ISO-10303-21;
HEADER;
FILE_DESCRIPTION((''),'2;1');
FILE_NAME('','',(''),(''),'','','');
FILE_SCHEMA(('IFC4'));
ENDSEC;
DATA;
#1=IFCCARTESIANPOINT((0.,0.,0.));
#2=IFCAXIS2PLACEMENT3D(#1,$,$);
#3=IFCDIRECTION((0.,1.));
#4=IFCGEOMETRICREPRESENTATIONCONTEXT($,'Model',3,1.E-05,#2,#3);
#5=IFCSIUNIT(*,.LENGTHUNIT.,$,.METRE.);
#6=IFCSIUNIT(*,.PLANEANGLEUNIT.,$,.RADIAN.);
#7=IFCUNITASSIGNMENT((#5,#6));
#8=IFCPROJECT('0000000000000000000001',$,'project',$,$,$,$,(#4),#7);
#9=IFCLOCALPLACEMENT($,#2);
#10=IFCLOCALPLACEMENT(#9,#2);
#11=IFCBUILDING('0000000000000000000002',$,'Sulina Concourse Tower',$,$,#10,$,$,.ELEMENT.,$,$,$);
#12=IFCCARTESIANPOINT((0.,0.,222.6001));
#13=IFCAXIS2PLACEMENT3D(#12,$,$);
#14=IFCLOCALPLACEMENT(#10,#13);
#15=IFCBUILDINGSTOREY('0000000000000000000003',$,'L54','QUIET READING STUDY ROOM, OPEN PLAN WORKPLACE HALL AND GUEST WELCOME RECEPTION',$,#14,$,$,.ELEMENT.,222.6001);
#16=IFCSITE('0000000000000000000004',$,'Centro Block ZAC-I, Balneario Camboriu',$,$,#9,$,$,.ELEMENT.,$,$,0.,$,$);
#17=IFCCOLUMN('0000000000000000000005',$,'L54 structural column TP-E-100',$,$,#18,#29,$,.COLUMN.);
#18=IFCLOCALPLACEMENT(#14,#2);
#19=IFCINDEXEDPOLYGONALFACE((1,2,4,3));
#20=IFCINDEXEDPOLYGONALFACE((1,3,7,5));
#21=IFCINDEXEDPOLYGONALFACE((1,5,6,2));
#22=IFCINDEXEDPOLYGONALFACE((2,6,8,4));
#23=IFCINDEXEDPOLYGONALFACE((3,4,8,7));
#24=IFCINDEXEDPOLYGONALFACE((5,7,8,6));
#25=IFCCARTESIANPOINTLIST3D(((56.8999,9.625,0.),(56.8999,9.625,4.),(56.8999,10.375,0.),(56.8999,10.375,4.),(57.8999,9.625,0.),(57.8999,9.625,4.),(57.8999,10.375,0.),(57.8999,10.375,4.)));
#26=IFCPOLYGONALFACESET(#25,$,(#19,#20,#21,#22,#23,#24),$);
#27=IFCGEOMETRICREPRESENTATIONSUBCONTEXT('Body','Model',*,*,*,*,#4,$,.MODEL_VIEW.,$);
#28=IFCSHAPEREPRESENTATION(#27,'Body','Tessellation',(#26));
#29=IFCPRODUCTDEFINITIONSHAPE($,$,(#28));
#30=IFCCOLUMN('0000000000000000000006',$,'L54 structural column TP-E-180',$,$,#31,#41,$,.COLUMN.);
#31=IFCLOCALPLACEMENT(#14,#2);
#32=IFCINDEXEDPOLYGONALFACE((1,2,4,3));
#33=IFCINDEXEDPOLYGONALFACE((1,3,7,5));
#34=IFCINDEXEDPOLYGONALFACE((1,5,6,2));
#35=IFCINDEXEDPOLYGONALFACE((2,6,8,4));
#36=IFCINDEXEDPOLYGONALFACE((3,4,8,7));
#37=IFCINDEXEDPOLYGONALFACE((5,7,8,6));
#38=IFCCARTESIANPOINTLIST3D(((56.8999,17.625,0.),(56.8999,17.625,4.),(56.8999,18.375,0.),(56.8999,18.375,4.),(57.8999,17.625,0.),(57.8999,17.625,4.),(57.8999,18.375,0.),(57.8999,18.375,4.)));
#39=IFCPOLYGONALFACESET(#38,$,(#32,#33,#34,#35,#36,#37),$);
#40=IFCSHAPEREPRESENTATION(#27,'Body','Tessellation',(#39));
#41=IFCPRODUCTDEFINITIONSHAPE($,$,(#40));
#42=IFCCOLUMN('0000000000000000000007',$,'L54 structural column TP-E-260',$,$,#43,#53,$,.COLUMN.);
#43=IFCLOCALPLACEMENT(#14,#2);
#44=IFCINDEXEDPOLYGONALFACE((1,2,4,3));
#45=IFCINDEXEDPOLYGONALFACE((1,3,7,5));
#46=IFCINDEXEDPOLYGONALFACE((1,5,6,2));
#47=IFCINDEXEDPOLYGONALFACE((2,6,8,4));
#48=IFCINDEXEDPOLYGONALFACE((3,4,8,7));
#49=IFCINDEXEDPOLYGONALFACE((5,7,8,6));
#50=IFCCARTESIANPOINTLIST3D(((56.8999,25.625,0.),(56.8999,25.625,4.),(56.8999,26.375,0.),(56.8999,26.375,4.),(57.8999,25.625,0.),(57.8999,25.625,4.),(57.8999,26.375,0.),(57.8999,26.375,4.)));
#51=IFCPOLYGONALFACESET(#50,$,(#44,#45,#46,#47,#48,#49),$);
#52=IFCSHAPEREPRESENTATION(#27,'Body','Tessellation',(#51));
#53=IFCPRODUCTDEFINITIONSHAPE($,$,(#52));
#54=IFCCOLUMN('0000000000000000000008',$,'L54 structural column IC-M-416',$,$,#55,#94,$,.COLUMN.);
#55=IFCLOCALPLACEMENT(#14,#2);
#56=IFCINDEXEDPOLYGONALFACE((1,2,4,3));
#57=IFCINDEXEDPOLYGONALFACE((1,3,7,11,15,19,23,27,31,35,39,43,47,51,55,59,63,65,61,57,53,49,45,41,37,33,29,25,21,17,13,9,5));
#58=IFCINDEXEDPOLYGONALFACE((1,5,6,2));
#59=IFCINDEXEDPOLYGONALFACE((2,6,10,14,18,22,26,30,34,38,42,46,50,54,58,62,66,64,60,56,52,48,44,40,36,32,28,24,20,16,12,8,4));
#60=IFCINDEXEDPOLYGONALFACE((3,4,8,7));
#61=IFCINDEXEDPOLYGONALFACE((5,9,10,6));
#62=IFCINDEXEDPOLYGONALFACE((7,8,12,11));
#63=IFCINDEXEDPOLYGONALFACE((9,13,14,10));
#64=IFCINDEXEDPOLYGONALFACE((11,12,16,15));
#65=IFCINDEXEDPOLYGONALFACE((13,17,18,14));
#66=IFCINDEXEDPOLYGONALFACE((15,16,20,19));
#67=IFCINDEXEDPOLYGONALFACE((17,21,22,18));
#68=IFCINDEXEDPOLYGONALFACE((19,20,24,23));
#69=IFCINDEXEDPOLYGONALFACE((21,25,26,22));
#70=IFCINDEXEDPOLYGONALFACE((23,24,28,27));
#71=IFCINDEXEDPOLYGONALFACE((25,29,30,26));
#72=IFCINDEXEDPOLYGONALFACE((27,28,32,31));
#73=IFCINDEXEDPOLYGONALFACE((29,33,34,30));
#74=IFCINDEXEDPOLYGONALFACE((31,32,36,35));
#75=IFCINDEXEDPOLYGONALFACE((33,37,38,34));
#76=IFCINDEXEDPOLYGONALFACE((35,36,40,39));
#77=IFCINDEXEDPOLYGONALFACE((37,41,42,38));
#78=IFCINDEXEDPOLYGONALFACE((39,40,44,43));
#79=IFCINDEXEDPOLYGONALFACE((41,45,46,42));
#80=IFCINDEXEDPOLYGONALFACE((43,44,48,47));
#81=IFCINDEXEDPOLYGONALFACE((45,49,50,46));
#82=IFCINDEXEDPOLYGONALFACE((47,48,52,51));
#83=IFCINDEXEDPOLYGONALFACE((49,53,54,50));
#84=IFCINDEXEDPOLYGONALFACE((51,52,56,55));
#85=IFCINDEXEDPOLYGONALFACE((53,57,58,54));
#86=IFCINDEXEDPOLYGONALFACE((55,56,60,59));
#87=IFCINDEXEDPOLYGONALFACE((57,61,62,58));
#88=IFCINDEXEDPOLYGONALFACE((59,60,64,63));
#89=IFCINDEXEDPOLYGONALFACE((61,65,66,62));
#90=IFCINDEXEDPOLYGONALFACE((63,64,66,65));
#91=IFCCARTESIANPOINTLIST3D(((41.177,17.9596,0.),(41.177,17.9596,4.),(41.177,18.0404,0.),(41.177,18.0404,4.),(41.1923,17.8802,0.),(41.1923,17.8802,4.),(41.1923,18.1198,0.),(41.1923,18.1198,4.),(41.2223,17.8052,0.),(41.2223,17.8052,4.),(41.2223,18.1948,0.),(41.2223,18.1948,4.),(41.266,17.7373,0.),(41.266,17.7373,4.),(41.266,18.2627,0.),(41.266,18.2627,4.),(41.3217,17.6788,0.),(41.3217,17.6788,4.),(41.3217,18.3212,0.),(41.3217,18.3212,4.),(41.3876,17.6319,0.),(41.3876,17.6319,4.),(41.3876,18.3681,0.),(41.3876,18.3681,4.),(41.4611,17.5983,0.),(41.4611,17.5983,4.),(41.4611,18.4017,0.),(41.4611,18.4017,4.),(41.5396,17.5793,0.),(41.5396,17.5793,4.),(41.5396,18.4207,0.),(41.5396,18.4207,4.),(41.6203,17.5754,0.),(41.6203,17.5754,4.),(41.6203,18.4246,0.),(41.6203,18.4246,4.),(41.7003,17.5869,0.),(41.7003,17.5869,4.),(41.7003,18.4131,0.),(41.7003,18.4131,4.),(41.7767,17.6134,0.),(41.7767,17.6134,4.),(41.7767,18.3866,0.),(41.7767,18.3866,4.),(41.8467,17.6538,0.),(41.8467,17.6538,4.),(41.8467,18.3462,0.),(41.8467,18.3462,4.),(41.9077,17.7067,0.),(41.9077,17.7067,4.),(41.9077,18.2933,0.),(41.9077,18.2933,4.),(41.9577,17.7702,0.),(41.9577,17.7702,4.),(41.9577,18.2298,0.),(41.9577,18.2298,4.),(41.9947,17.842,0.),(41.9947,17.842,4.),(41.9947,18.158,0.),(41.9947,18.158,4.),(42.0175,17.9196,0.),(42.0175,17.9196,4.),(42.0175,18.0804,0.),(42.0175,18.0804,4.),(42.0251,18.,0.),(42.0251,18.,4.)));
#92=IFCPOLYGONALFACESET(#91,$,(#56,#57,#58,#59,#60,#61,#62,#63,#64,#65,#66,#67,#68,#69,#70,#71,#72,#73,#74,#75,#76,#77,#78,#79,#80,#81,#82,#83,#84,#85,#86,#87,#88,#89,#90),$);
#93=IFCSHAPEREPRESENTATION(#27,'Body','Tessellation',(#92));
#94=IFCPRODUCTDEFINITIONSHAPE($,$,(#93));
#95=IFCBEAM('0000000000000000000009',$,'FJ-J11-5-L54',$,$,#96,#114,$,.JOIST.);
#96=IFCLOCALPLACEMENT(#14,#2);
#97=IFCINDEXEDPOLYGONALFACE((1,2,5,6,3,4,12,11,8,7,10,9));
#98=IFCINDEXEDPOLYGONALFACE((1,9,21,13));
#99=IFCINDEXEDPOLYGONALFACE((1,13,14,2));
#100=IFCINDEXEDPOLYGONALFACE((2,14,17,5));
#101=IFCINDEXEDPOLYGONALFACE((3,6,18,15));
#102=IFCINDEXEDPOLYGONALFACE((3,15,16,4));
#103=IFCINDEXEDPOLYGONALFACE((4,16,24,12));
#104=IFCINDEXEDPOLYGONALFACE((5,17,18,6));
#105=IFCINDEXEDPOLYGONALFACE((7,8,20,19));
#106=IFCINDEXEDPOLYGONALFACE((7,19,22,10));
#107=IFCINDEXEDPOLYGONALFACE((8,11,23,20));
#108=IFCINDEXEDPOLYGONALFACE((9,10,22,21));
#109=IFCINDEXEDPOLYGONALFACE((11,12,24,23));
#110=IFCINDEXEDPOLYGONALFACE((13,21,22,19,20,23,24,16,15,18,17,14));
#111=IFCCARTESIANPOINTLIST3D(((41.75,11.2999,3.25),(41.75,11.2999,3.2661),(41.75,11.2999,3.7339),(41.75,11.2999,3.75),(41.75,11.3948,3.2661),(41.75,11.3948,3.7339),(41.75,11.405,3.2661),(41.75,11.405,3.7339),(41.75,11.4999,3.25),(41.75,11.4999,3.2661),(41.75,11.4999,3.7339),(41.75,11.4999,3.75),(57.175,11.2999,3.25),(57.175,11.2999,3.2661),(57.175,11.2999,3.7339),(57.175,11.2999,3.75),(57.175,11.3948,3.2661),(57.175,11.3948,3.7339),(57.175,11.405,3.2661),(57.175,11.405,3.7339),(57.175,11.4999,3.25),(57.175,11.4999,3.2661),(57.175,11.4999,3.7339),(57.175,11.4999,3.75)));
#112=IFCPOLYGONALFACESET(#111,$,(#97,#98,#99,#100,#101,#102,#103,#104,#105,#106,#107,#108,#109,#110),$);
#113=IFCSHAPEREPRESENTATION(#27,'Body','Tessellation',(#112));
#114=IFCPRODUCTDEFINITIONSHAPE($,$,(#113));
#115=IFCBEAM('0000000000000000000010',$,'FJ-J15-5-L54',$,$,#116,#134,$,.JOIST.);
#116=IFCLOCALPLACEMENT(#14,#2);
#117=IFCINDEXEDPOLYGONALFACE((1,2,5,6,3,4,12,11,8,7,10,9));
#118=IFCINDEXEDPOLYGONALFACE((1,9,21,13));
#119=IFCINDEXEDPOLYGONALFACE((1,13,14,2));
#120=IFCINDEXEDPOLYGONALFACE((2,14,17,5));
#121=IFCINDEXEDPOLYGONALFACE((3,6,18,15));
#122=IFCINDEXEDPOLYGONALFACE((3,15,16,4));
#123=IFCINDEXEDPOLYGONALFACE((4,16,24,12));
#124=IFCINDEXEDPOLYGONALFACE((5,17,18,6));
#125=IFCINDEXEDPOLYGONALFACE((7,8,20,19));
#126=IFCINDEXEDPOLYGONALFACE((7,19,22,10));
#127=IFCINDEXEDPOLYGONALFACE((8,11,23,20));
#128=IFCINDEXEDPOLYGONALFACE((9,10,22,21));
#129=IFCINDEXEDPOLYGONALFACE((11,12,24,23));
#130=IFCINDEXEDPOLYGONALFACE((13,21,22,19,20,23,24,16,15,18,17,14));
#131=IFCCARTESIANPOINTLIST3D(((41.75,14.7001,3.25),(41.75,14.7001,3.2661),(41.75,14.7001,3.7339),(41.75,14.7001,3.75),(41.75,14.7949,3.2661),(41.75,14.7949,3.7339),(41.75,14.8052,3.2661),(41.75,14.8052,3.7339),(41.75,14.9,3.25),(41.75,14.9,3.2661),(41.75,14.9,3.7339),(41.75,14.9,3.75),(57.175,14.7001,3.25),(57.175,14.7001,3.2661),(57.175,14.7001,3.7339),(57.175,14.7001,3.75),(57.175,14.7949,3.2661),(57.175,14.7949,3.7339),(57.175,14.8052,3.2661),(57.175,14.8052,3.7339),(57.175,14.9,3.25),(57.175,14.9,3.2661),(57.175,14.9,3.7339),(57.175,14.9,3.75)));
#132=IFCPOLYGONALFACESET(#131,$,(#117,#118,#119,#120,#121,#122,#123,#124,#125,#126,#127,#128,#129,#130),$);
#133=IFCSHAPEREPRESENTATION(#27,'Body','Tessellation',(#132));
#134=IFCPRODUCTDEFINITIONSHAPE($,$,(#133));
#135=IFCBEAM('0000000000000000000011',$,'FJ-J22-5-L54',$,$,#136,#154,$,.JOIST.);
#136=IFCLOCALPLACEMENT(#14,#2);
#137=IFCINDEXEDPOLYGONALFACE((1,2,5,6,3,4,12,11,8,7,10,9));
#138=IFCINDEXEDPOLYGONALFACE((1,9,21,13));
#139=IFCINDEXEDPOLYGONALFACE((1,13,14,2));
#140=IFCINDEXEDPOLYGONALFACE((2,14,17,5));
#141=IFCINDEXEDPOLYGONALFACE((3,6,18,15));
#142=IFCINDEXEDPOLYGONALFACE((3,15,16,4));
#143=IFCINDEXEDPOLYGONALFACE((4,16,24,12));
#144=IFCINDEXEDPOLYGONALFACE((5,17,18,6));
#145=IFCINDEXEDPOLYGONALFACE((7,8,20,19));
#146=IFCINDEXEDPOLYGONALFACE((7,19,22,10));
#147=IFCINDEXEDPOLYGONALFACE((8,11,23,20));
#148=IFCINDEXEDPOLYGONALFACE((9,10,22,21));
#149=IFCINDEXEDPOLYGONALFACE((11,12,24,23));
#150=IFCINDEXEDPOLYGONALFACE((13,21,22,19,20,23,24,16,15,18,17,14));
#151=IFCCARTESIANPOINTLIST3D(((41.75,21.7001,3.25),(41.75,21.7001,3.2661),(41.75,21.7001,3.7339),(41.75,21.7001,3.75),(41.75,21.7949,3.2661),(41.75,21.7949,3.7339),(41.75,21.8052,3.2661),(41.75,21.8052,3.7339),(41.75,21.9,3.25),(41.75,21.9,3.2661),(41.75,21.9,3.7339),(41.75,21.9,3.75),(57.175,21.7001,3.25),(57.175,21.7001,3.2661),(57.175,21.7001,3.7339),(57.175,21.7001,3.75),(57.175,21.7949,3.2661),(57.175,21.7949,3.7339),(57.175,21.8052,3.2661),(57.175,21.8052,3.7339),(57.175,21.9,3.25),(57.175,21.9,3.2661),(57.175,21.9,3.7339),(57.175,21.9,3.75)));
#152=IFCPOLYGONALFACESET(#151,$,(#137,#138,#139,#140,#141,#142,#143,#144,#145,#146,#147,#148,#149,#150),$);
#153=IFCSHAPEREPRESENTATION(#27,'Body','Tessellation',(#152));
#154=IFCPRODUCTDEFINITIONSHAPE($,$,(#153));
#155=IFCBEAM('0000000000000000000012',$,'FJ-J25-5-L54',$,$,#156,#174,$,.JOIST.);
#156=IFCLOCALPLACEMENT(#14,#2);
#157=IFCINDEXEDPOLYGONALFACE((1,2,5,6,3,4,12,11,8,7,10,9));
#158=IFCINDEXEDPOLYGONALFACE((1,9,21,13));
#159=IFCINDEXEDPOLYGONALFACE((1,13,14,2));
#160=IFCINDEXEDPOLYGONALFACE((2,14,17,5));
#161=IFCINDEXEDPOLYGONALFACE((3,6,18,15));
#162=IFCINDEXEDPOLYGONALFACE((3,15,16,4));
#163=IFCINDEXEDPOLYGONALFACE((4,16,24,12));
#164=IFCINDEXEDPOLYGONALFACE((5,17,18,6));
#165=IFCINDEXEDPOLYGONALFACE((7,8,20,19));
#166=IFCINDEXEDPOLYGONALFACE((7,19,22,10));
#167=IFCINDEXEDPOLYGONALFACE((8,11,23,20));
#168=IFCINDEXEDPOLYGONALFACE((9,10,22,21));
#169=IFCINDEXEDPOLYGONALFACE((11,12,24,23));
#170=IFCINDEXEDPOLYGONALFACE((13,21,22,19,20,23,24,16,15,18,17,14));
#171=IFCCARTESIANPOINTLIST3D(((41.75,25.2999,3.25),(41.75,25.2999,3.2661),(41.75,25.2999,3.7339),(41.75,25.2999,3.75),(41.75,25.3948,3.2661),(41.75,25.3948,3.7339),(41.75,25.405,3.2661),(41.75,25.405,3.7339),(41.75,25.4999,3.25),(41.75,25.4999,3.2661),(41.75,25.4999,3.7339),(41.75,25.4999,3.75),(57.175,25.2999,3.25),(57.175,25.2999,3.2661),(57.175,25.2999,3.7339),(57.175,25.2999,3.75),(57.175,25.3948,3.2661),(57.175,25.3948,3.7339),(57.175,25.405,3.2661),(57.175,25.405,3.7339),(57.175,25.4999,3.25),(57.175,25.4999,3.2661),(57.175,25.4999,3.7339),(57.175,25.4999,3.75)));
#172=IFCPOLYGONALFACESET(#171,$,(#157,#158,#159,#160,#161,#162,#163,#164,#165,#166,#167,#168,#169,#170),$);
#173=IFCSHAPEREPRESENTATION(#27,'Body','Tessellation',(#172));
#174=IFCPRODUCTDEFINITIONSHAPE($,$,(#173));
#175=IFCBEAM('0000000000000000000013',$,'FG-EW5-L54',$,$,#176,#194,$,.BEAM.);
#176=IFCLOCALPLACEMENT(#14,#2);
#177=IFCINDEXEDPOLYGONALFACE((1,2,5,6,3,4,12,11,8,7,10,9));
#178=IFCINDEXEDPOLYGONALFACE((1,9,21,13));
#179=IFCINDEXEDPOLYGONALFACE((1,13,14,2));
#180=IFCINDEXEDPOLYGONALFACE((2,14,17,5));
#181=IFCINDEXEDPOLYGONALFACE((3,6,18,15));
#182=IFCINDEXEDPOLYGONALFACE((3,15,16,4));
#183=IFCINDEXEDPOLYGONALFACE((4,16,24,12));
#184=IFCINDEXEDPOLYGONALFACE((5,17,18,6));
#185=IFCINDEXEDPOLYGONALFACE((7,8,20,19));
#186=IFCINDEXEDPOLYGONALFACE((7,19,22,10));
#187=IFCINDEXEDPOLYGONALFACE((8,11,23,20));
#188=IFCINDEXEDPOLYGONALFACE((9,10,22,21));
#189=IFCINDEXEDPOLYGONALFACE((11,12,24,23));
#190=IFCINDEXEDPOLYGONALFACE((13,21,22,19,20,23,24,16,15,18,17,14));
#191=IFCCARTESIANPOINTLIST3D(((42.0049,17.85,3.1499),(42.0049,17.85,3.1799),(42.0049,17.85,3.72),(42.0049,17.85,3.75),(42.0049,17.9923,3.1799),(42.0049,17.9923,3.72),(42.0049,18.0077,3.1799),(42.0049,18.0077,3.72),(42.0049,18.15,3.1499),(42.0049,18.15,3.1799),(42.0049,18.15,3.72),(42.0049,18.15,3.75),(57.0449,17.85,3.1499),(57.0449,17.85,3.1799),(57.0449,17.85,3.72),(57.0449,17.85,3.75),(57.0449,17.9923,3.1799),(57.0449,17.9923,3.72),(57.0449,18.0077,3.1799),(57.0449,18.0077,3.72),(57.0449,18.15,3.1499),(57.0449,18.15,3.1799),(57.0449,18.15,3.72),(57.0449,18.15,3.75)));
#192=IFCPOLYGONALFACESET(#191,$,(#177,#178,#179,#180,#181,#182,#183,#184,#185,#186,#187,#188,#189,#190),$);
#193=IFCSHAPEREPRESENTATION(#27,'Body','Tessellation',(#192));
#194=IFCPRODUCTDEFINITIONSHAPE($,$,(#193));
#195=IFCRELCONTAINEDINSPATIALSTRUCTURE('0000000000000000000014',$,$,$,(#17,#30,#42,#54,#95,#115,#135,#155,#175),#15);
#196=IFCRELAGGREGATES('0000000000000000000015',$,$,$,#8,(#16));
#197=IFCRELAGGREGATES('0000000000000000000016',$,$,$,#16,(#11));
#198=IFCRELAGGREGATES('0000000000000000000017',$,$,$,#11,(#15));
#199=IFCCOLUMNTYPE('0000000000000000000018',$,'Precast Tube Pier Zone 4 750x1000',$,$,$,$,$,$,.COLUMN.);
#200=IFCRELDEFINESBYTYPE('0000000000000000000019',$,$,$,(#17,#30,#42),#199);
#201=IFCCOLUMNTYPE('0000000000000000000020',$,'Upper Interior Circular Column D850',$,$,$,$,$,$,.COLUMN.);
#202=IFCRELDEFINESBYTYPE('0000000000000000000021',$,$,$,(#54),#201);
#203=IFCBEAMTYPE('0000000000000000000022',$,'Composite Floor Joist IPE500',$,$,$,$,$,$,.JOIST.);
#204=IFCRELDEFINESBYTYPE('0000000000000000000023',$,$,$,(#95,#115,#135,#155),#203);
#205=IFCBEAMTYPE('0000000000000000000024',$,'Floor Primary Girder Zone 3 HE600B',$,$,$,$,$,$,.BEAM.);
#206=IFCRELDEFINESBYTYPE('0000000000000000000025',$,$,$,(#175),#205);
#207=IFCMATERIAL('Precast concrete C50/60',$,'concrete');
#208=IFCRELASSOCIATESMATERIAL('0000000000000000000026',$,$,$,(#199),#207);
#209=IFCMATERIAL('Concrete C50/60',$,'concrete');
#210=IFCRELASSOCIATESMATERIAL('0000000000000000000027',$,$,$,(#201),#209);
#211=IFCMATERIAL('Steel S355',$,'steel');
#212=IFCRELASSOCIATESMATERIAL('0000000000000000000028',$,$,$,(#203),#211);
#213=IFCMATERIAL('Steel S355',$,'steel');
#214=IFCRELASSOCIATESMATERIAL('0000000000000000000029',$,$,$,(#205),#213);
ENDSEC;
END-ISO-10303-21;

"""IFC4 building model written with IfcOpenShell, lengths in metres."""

from ifc_helpers import new_model, si_unit, direction, frame, origin, origin_2d, place, context, subcontext, project, spatial, rectangle, circle, i_section, extrude, material, material_profile, profile_set, type_object, element, save


model = new_model("IFC4")

# Units and contexts
model_context = context("Model", 3, precision=1e-05, world=origin(), true_north=direction((0.0, 1.0)))
body_context = subcontext(model_context, "Body", "Model", "MODEL_VIEW")
ifc_project = project(units=[si_unit("LENGTHUNIT", "METRE"), si_unit("PLANEANGLEUNIT", "RADIAN")], contexts=[model_context])

# Site, building, storey
site_placement = place(None, origin())
site = spatial("IfcSite", under=ifc_project, at=site_placement, Name="Centro Block ZAC-I, Balneario Camboriu", CompositionType="ELEMENT", RefElevation=0.0)
building_placement = place(site_placement, origin())
building = spatial("IfcBuilding", under=site, at=building_placement, Name="Sulina Concourse Tower", CompositionType="ELEMENT")
storey_placement = place(building_placement, frame((0.0, 0.0, 222.6001)))
storey = spatial("IfcBuildingStorey", under=building, at=storey_placement, Name="L54", Description="QUIET READING STUDY ROOM, OPEN PLAN WORKPLACE HALL AND GUEST WELCOME RECEPTION", CompositionType="ELEMENT", Elevation=222.6001)

# Columns
ifc_material_1 = material(Name="Precast concrete C50/60", Category="concrete")
ifc_material_profile_1 = material_profile(ifc_material_1, rectangle(XDim=0.75, YDim=1.0, at=origin_2d()), Name="PC 750x1000")
ifc_profile_set_1 = profile_set([ifc_material_profile_1], Name="Precast concrete C50/60")
column_type_1 = type_object("IfcColumnType", Name="Precast Tube Pier Zone 4 750x1000", PredefinedType="COLUMN", material=ifc_profile_set_1)
for number, where, z_axis, x_axis, name in (
    (1, (57.3999, 10.0, 0.0), (0.0, 0.0, 1.0), (0.0, 1.0, 0.0), "L54 structural column TP-E-100"),
    (2, (57.3999, 18.0, 0.0), (0.0, 0.0, 1.0), (0.0, 1.0, 0.0), "L54 structural column TP-E-180"),
    (3, (57.3999, 26.0, 0.0), (0.0, 0.0, 1.0), (0.0, 1.0, 0.0), "L54 structural column TP-E-260"),
):
    element("IfcColumn", number, at=place(storey_placement, frame(where, z_axis=z_axis, x_axis=x_axis)), inside=storey, type_object=column_type_1, Name=name, PredefinedType="COLUMN", context=body_context, shape_type="SweptSolid", body=[
        extrude(rectangle(XDim=0.75, YDim=1.0, at=origin_2d()), origin(), (0.0, 0.0, 1.0), 4.0),
    ])
ifc_material_2 = material(Name="Concrete C50/60", Category="concrete")
ifc_material_profile_2 = material_profile(ifc_material_2, circle(Radius=0.425, at=origin_2d()), Name="RC D850")
ifc_profile_set_2 = profile_set([ifc_material_profile_2], Name="Concrete C50/60")
column_type_2 = type_object("IfcColumnType", Name="Upper Interior Circular Column D850", PredefinedType="COLUMN", material=ifc_profile_set_2)
column_placement = place(storey_placement, frame((41.6001, 18.0, 0.0), z_axis=(0.0, 0.0, 1.0), x_axis=(1.0, 0.0, 0.0)))
element("IfcColumn", 4, at=column_placement, inside=storey, type_object=column_type_2, Name="L54 structural column IC-M-416", PredefinedType="COLUMN", context=body_context, shape_type="SweptSolid", body=[
    extrude(circle(Radius=0.425, at=origin_2d()), origin(), (0.0, 0.0, 1.0), 4.0),
])

# Beams
ifc_material_3 = material(Name="Steel S355", Category="steel")
ifc_material_profile_3 = material_profile(ifc_material_3, i_section(OverallWidth=0.2, OverallDepth=0.5, WebThickness=0.0103, FlangeThickness=0.0161, at=origin_2d()), Name="IPE 500")
ifc_profile_set_3 = profile_set([ifc_material_profile_3], Name="Steel S355")
beam_type_1 = type_object("IfcBeamType", Name="Composite Floor Joist IPE500", PredefinedType="JOIST", material=ifc_profile_set_3)
for number, where, z_axis, x_axis, name in (
    (5, (41.75, 11.3999, 3.5), (1.0, 0.0, 0.0), (0.0, 1.0, 0.0), "FJ-J11-5-L54"),
    (6, (41.75, 14.8, 3.5), (1.0, 0.0, 0.0), (0.0, 1.0, 0.0), "FJ-J15-5-L54"),
    (7, (41.75, 21.8, 3.5), (1.0, 0.0, 0.0), (0.0, 1.0, 0.0), "FJ-J22-5-L54"),
    (8, (41.75, 25.3999, 3.5), (1.0, 0.0, 0.0), (0.0, 1.0, 0.0), "FJ-J25-5-L54"),
):
    element("IfcBeam", number, at=place(storey_placement, frame(where, z_axis=z_axis, x_axis=x_axis)), inside=storey, type_object=beam_type_1, Name=name, PredefinedType="JOIST", context=body_context, shape_type="SweptSolid", body=[
        extrude(i_section(OverallWidth=0.2, OverallDepth=0.5, WebThickness=0.0103, FlangeThickness=0.0161, at=origin_2d()), origin(), (0.0, 0.0, 1.0), 15.425),
    ])
ifc_material_4 = material(Name="Steel S355", Category="steel")
ifc_material_profile_4 = material_profile(ifc_material_4, i_section(OverallWidth=0.3, OverallDepth=0.6001, WebThickness=0.0154, FlangeThickness=0.03, at=origin_2d()), Name="HE 600 B")
ifc_profile_set_4 = profile_set([ifc_material_profile_4], Name="Steel S355")
beam_type_2 = type_object("IfcBeamType", Name="Floor Primary Girder Zone 3 HE600B", PredefinedType="BEAM", material=ifc_profile_set_4)
beam_1_placement = place(storey_placement, frame((42.0049, 18.0, 3.45), z_axis=(1.0, 0.0, 0.0), x_axis=(0.0, 1.0, 0.0)))
element("IfcBeam", 9, at=beam_1_placement, inside=storey, type_object=beam_type_2, Name="FG-EW5-L54", PredefinedType="BEAM", context=body_context, shape_type="SweptSolid", body=[
    extrude(i_section(OverallWidth=0.3, OverallDepth=0.6001, WebThickness=0.0154, FlangeThickness=0.03, at=origin_2d()), origin(), (0.0, 0.0, 1.0), 15.04),
])

save(model, "model.ifc")
